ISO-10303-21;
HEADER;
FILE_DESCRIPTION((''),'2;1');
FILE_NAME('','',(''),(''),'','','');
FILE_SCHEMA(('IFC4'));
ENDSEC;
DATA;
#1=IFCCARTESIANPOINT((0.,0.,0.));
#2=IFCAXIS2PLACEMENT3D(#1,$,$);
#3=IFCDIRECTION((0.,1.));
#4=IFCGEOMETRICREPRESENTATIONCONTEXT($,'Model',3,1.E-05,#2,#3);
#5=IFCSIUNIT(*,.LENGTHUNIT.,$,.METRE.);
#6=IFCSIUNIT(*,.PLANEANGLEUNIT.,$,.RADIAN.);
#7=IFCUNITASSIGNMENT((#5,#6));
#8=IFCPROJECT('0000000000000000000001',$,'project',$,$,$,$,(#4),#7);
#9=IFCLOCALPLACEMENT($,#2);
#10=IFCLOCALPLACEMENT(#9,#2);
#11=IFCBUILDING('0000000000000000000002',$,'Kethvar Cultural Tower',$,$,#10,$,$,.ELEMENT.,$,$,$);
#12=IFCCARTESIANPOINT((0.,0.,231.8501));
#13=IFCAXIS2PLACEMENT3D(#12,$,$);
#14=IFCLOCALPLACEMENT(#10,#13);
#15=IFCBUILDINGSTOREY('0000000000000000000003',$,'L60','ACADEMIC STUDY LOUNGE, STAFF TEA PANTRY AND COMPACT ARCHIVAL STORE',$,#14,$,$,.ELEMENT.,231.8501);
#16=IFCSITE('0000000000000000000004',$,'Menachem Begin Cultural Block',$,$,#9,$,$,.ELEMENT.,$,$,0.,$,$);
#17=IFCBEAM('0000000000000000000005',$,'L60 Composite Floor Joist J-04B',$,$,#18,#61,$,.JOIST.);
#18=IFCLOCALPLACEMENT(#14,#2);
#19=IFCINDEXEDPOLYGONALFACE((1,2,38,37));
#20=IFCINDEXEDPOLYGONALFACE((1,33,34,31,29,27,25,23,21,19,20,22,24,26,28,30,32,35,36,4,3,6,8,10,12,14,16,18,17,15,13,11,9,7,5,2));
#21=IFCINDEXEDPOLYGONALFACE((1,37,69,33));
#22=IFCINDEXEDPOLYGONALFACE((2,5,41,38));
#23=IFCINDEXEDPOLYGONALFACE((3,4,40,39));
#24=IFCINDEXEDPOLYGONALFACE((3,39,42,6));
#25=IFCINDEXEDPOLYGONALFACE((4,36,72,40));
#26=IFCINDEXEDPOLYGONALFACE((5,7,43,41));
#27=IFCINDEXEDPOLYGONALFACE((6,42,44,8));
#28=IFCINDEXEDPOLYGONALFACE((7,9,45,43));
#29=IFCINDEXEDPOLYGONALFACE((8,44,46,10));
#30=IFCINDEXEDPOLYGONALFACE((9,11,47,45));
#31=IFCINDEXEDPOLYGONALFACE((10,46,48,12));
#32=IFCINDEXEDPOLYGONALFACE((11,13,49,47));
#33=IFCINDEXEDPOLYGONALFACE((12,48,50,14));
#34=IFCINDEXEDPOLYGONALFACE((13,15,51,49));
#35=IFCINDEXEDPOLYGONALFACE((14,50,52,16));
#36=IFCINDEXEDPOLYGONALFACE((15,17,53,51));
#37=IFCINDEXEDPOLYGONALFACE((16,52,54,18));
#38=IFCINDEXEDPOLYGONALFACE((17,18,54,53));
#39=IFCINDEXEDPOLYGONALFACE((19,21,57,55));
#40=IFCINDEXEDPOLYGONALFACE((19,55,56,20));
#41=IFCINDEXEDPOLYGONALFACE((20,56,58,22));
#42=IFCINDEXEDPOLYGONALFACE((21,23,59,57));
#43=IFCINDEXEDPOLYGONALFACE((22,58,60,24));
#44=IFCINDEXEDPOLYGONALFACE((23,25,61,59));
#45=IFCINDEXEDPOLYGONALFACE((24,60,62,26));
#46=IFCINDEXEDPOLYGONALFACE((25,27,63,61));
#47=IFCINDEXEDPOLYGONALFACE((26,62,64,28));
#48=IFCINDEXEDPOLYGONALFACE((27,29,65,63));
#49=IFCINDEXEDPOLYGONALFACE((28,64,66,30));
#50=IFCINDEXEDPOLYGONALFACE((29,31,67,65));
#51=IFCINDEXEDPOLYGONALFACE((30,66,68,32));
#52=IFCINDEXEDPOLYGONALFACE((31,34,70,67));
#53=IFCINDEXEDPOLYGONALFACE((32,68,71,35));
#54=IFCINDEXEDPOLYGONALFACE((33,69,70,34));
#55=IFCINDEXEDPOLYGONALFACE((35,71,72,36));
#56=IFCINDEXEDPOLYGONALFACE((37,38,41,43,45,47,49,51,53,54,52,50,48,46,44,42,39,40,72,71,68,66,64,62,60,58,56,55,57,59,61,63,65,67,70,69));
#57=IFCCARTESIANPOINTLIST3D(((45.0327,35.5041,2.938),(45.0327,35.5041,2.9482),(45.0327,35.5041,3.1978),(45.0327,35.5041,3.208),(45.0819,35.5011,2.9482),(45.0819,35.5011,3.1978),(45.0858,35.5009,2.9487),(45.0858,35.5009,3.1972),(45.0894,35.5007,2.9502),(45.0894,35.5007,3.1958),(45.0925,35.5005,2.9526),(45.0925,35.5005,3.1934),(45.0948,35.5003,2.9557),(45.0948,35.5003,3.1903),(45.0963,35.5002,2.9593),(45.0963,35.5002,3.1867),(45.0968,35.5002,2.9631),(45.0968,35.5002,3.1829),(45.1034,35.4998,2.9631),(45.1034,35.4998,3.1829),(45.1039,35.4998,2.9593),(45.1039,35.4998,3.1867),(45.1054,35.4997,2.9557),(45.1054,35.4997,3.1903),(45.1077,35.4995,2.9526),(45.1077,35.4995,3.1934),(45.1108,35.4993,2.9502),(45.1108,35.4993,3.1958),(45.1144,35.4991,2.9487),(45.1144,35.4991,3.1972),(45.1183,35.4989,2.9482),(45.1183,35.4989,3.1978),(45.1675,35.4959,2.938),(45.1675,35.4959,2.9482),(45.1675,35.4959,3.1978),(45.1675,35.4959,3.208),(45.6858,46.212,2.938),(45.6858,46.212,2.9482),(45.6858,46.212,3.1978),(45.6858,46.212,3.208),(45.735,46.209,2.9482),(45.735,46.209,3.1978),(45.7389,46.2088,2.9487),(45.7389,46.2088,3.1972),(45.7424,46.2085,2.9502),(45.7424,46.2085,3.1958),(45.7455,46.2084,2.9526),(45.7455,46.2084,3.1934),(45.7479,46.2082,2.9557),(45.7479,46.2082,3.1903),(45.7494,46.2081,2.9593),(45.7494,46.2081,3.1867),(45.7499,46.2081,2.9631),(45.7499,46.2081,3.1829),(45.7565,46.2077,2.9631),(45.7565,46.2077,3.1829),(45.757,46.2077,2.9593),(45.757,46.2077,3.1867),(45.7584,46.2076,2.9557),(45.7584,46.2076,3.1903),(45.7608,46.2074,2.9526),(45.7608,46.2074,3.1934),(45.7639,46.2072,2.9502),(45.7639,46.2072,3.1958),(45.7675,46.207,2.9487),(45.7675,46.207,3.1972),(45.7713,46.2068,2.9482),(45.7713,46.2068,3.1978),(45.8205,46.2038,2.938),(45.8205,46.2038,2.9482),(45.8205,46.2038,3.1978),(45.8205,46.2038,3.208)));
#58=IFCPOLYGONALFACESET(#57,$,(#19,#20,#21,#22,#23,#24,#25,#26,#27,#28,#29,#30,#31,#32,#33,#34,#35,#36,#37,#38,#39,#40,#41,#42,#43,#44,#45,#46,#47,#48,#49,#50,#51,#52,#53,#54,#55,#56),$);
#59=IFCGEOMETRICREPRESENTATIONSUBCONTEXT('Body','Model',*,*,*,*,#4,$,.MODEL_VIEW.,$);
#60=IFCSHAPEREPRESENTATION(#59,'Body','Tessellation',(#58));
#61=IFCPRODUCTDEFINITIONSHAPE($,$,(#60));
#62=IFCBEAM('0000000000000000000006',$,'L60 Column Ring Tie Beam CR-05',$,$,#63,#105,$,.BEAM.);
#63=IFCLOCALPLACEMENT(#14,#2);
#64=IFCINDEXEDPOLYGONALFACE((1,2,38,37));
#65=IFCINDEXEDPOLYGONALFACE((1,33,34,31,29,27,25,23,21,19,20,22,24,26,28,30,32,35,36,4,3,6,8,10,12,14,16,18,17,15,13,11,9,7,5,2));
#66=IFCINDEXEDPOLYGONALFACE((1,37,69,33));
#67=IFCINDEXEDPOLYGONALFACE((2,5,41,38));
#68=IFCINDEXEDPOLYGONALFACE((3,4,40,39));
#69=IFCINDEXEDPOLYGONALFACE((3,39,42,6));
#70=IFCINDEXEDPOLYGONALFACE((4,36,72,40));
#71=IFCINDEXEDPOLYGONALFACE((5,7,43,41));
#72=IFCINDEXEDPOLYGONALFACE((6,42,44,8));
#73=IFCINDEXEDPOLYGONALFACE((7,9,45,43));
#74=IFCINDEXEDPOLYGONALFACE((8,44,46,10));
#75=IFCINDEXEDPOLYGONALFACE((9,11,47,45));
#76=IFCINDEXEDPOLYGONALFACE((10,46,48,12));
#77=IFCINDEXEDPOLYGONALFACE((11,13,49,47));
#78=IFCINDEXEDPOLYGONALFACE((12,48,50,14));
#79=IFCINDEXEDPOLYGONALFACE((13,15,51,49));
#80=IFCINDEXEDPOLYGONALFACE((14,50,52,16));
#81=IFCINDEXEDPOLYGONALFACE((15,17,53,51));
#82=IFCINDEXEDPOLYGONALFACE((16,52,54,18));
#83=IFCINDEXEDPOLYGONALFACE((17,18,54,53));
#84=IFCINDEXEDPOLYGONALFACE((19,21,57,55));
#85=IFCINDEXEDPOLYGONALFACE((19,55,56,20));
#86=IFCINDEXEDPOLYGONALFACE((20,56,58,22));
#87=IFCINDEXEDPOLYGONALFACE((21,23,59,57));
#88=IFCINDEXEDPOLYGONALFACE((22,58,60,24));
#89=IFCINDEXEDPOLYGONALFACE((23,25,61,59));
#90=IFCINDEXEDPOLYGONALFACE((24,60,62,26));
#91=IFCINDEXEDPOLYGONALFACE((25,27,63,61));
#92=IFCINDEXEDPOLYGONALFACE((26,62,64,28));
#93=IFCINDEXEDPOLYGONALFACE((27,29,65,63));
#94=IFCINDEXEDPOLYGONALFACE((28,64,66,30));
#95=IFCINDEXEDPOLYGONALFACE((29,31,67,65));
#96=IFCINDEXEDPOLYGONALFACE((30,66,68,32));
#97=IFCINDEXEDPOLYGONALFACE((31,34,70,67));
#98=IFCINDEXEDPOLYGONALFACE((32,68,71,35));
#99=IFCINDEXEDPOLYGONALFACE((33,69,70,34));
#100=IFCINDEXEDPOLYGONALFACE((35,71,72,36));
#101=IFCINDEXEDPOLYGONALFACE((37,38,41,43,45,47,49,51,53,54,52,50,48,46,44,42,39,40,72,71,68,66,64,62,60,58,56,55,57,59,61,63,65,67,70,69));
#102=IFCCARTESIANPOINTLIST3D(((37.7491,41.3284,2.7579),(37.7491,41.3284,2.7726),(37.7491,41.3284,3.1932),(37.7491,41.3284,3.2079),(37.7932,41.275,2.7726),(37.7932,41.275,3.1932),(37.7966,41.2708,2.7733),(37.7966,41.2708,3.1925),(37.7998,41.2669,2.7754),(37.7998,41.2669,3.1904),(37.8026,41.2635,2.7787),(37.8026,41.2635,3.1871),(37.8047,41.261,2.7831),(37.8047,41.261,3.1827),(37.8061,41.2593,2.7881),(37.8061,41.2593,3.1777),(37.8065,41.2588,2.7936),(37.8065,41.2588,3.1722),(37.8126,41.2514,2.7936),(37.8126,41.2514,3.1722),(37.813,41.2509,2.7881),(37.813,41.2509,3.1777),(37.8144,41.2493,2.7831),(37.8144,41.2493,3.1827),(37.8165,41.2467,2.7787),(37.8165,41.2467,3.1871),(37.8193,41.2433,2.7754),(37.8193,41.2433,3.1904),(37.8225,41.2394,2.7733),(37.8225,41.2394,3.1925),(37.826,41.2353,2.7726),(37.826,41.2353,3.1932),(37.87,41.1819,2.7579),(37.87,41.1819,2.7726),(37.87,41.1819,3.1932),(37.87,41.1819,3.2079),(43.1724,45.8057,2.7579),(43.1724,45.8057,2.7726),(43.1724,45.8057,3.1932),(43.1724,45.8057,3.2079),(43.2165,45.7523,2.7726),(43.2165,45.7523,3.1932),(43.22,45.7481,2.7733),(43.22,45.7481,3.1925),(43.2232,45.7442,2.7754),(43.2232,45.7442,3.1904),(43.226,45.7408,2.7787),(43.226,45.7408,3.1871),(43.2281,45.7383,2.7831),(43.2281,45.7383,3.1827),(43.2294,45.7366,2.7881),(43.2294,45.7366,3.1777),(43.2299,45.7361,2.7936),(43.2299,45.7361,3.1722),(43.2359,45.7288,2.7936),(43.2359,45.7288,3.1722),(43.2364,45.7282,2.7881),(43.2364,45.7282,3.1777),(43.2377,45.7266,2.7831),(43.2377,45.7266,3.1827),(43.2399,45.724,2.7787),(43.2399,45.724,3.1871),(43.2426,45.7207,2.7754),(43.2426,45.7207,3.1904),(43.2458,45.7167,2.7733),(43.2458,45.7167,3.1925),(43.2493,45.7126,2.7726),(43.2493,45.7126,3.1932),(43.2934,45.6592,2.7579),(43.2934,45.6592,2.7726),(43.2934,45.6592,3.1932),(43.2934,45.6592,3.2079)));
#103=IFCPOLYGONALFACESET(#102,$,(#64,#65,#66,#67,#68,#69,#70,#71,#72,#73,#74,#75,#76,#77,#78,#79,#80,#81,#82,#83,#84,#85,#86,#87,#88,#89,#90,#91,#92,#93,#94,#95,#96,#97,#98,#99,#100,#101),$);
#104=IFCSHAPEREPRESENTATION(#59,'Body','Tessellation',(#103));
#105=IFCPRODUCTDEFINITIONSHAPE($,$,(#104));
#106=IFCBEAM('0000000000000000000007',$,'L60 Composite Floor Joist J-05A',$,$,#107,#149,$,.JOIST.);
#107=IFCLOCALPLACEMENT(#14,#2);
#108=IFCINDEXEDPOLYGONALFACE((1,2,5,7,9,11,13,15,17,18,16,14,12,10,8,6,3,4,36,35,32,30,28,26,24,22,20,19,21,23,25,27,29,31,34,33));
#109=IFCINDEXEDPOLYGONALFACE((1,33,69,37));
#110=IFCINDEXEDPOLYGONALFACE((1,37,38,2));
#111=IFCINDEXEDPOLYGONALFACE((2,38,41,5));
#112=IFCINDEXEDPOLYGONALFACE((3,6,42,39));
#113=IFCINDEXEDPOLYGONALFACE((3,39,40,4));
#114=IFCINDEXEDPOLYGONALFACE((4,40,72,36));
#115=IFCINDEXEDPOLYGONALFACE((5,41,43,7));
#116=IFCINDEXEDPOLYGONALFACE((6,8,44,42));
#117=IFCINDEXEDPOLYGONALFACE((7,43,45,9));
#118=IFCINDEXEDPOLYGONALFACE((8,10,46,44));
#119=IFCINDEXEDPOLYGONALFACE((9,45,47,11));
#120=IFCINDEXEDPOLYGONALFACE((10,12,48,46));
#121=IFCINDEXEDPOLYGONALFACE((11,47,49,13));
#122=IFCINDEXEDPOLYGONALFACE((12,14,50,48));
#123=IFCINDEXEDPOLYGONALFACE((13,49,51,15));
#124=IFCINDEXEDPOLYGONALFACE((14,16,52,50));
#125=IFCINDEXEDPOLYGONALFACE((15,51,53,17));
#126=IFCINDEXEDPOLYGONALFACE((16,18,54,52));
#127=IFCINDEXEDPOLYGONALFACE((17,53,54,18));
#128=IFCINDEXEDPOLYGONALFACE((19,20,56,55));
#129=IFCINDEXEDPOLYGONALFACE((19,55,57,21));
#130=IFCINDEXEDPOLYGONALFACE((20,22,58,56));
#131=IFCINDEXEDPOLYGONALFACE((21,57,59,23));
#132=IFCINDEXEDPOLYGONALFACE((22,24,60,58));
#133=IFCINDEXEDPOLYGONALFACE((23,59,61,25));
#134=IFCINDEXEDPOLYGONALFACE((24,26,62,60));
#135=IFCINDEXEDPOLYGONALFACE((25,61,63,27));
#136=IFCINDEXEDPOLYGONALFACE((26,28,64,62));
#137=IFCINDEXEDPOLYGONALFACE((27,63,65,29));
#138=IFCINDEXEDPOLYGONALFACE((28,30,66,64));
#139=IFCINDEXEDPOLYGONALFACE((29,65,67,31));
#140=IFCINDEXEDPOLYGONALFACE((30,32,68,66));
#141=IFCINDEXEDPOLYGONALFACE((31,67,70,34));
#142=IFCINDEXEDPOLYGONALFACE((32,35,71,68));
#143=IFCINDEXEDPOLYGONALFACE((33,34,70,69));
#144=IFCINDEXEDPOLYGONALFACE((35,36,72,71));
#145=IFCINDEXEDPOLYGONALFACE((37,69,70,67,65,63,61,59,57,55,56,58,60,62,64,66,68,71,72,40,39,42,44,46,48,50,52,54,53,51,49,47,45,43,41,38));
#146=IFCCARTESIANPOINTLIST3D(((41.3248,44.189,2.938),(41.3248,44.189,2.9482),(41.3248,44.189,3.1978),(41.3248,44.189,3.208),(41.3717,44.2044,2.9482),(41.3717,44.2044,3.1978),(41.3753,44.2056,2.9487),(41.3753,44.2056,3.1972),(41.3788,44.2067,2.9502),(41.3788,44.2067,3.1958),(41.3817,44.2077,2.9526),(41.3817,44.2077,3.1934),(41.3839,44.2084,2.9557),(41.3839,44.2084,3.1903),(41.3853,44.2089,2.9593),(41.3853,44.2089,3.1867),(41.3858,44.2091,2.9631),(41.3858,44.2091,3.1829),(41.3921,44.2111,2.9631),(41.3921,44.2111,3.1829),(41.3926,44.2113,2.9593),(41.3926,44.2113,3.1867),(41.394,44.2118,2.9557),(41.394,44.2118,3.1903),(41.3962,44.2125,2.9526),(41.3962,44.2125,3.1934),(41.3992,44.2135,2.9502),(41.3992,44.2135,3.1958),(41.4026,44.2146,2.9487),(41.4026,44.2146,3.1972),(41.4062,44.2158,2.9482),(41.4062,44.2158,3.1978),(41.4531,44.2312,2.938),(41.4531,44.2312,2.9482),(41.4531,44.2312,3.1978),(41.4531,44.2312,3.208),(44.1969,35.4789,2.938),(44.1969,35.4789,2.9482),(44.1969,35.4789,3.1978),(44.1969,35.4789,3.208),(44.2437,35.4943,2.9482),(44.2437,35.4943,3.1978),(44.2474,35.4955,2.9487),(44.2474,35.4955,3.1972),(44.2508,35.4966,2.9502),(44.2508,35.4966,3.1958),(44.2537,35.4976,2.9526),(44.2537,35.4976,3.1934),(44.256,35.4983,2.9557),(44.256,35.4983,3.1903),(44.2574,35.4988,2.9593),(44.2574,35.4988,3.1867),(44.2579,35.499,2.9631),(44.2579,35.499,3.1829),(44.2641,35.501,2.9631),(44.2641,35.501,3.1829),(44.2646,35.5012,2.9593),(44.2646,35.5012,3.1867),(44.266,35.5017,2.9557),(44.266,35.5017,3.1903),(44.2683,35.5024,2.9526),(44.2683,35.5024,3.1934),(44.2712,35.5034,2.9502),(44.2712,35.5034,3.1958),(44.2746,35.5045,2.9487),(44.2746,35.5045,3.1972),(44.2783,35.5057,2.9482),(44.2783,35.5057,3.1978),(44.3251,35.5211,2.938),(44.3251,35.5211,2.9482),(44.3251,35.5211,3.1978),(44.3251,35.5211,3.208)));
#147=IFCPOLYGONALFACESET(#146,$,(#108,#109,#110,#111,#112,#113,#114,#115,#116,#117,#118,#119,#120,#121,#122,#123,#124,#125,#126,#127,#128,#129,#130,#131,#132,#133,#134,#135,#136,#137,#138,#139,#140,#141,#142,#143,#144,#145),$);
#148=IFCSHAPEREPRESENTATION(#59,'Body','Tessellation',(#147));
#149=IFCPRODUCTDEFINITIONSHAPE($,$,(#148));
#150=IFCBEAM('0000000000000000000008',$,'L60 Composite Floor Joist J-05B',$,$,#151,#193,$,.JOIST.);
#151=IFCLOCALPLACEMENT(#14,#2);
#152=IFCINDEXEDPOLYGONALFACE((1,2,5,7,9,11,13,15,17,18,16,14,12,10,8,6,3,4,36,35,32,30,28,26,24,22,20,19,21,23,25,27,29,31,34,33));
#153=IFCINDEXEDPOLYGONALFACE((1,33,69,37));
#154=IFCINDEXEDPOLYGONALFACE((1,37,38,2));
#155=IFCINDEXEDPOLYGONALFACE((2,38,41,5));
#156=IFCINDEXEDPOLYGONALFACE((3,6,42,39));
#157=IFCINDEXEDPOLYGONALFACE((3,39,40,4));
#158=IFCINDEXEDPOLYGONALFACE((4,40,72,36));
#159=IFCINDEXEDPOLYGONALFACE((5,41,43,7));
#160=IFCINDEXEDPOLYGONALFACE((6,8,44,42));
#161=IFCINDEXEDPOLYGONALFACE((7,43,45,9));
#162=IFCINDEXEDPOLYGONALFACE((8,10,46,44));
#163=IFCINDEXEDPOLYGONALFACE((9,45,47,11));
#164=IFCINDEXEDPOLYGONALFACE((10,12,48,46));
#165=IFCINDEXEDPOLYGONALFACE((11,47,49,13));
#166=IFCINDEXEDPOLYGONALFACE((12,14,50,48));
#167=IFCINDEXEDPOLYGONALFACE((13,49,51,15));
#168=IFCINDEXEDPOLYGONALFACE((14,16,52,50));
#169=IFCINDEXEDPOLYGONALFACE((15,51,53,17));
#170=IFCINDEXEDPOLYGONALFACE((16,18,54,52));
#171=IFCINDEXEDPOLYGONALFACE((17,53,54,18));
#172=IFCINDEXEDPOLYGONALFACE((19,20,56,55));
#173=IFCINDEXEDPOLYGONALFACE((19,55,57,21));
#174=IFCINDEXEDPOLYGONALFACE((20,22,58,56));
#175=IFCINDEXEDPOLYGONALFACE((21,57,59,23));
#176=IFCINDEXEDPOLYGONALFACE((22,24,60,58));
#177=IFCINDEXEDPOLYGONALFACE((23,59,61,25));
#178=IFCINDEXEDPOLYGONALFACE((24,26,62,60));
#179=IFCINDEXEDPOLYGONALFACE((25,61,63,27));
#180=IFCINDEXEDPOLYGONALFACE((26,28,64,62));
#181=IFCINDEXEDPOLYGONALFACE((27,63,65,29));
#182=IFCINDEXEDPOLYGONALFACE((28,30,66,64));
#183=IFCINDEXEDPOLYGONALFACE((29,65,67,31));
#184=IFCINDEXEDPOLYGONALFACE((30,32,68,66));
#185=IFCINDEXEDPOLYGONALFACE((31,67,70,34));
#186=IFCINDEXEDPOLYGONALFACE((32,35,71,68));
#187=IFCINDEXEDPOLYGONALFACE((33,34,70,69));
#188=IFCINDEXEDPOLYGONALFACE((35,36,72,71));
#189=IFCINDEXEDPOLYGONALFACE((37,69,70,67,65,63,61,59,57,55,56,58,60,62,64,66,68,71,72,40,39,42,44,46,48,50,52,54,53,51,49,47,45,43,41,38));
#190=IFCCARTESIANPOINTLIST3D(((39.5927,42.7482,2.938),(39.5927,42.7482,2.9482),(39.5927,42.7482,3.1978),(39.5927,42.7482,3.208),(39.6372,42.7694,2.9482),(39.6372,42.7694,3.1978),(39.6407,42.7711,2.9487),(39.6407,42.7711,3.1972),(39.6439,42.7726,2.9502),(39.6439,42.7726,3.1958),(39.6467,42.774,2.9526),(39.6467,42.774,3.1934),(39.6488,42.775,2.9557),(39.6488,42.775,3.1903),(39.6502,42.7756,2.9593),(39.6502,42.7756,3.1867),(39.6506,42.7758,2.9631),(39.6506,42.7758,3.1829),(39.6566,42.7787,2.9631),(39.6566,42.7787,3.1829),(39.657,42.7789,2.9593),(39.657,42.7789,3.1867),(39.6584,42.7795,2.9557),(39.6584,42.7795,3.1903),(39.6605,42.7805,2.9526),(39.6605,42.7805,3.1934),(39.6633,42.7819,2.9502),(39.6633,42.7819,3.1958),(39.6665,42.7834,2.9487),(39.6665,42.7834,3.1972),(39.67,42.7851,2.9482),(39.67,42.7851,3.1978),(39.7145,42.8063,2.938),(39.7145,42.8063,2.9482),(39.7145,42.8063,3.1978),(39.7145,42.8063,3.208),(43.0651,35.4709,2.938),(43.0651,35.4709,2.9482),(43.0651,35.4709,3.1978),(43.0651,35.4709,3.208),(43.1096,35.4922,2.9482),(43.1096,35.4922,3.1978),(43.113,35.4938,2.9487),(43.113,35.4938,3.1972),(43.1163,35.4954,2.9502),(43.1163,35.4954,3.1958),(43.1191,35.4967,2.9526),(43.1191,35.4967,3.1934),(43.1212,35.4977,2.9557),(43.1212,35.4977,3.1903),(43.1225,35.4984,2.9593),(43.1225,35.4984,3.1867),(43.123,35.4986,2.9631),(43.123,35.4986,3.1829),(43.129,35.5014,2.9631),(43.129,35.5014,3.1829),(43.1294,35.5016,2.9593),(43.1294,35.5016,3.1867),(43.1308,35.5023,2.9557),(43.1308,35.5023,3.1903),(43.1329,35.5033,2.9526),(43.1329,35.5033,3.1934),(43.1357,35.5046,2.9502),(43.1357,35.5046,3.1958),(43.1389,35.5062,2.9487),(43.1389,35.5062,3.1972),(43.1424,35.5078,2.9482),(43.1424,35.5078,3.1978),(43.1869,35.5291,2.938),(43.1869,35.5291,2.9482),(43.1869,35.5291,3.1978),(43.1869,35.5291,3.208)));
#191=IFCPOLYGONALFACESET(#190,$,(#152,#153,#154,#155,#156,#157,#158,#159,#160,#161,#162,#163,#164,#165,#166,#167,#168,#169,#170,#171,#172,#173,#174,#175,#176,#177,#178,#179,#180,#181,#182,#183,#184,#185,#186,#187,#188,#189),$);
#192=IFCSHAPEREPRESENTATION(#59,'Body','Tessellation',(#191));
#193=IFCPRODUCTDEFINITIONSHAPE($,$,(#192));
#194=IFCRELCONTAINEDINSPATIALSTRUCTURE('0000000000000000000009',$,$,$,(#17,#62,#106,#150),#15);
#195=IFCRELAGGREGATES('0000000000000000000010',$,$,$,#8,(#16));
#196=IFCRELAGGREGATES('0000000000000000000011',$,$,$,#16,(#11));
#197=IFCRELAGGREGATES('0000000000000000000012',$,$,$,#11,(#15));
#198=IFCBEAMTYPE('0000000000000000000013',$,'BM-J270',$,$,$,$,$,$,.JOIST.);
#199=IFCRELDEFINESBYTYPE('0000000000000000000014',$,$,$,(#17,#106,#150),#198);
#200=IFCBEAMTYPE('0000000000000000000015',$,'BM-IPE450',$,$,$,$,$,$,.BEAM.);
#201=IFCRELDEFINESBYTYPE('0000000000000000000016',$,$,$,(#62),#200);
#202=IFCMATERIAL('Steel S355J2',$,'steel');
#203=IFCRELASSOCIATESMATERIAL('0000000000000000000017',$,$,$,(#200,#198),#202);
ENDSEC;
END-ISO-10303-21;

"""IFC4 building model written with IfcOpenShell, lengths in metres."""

from ifc_helpers import new_model, si_unit, direction, frame, origin, origin_2d, place, context, subcontext, project, spatial, i_section, extrude, source, transform, mapped, material, material_profile, profile_set, type_object, element, save


model = new_model("IFC4")

# Units and contexts
model_context = context("Model", 3, precision=1e-05, world=origin(), true_north=direction((0.0, 1.0)))
body_context = subcontext(model_context, "Body", "Model", "MODEL_VIEW")
ifc_project = project(units=[si_unit("LENGTHUNIT", "METRE"), si_unit("PLANEANGLEUNIT", "RADIAN")], contexts=[model_context])

# Site, building, storey
site_placement = place(None, origin())
site = spatial("IfcSite", under=ifc_project, at=site_placement, Name="Menachem Begin Cultural Block", CompositionType="ELEMENT", RefElevation=0.0)
building_placement = place(site_placement, origin())
building = spatial("IfcBuilding", under=site, at=building_placement, Name="Kethvar Cultural Tower", CompositionType="ELEMENT")
storey_placement = place(building_placement, frame((0.0, 0.0, 231.8501)))
storey = spatial("IfcBuildingStorey", under=building, at=storey_placement, Name="L60", Description="ACADEMIC STUDY LOUNGE, STAFF TEA PANTRY AND COMPACT ARCHIVAL STORE", CompositionType="ELEMENT", Elevation=231.8501)

# Beams
ifc_material_1 = material(Name="Steel S355J2", Category="steel")
ifc_material_profile_1 = material_profile(ifc_material_1, i_section(OverallWidth=0.1899, OverallDepth=0.45, WebThickness=0.0095, FlangeThickness=0.0146, FilletRadius=0.021, at=origin_2d()), Name="Steel S355J2 — IPE450")
ifc_profile_set_1 = profile_set([ifc_material_profile_1], Name="Steel S355J2 — IPE450")
beam_type_1 = type_object("IfcBeamType", Name="BM-IPE450", PredefinedType="BEAM", material=ifc_profile_set_1)
ifc_material_profile_2 = material_profile(ifc_material_1, i_section(OverallWidth=0.135, OverallDepth=0.27, WebThickness=0.0066, FlangeThickness=0.0103, FilletRadius=0.0149, at=origin_2d()), Name="Steel S355J2 — IPE270")
ifc_profile_set_2 = profile_set([ifc_material_profile_2], Name="Steel S355J2 — IPE270")
beam_type_2 = type_object("IfcBeamType", Name="BM-J270", PredefinedType="JOIST", material=ifc_profile_set_2)
shared_shape_1 = source(origin(), body_context, "Body", "SweptSolid", [
    extrude(i_section(OverallWidth=0.135, OverallDepth=0.27, WebThickness=0.0066, FlangeThickness=0.0103, FilletRadius=0.0149, at=origin_2d()), origin(), (0.0, 0.0, 1.0), 10.7278),
])
beam_1_placement = place(storey_placement, frame((45.1001, 35.5, 3.073), z_axis=(0.060876, 0.998145, 0.0), x_axis=(-0.998145, 0.060876, 0.0)))
element("IfcBeam", 1, at=beam_1_placement, inside=storey, type_object=beam_type_2, Name="L60 Composite Floor Joist J-04B", PredefinedType="JOIST", context=body_context, shape_type="MappedRepresentation", body=[
    mapped(shared_shape_1, transform((0.0, 0.0, 0.0), scale=1.0)),
])
shared_shape_2 = source(origin(), body_context, "Body", "SweptSolid", [
    extrude(i_section(OverallWidth=0.1899, OverallDepth=0.45, WebThickness=0.0095, FlangeThickness=0.0146, FilletRadius=0.021, at=origin_2d()), origin(), (0.0, 0.0, 1.0), 7.0327),
])
beam_2_placement = place(storey_placement, frame((43.2329, 45.7324, 2.9829), z_axis=(-0.771161, -0.63664, 0.0), x_axis=(0.63664, -0.771161, 0.0)))
element("IfcBeam", 2, at=beam_2_placement, inside=storey, type_object=beam_type_1, Name="L60 Column Ring Tie Beam CR-05", PredefinedType="BEAM", context=body_context, shape_type="MappedRepresentation", body=[
    mapped(shared_shape_2, transform((0.0, 0.0, 0.0), scale=1.0)),
])
shared_shape_3 = source(origin(), body_context, "Body", "SweptSolid", [
    extrude(i_section(OverallWidth=0.135, OverallDepth=0.27, WebThickness=0.0066, FlangeThickness=0.0103, FilletRadius=0.0149, at=origin_2d()), origin(), (0.0, 0.0, 1.0), 9.1714),
])
beam_3_placement = place(storey_placement, frame((44.261, 35.5, 3.073), z_axis=(-0.313152, 0.949703, 0.0), x_axis=(-0.949703, -0.313152, 0.0)))
element("IfcBeam", 3, at=beam_3_placement, inside=storey, type_object=beam_type_2, Name="L60 Composite Floor Joist J-05A", PredefinedType="JOIST", context=body_context, shape_type="MappedRepresentation", body=[
    mapped(shared_shape_3, transform((0.0, 0.0, 0.0), scale=1.0)),
])
shared_shape_4 = source(origin(), body_context, "Body", "SweptSolid", [
    extrude(i_section(OverallWidth=0.135, OverallDepth=0.27, WebThickness=0.0066, FlangeThickness=0.0103, FilletRadius=0.0149, at=origin_2d()), origin(), (0.0, 0.0, 1.0), 8.0632),
])
beam_4_placement = place(storey_placement, frame((43.126, 35.5, 3.073), z_axis=(-0.430642, 0.902523, 0.0), x_axis=(-0.902523, -0.430642, 0.0)))
element("IfcBeam", 4, at=beam_4_placement, inside=storey, type_object=beam_type_2, Name="L60 Composite Floor Joist J-05B", PredefinedType="JOIST", context=body_context, shape_type="MappedRepresentation", body=[
    mapped(shared_shape_4, transform((0.0, 0.0, 0.0), scale=1.0)),
])

save(model, "model.ifc")
